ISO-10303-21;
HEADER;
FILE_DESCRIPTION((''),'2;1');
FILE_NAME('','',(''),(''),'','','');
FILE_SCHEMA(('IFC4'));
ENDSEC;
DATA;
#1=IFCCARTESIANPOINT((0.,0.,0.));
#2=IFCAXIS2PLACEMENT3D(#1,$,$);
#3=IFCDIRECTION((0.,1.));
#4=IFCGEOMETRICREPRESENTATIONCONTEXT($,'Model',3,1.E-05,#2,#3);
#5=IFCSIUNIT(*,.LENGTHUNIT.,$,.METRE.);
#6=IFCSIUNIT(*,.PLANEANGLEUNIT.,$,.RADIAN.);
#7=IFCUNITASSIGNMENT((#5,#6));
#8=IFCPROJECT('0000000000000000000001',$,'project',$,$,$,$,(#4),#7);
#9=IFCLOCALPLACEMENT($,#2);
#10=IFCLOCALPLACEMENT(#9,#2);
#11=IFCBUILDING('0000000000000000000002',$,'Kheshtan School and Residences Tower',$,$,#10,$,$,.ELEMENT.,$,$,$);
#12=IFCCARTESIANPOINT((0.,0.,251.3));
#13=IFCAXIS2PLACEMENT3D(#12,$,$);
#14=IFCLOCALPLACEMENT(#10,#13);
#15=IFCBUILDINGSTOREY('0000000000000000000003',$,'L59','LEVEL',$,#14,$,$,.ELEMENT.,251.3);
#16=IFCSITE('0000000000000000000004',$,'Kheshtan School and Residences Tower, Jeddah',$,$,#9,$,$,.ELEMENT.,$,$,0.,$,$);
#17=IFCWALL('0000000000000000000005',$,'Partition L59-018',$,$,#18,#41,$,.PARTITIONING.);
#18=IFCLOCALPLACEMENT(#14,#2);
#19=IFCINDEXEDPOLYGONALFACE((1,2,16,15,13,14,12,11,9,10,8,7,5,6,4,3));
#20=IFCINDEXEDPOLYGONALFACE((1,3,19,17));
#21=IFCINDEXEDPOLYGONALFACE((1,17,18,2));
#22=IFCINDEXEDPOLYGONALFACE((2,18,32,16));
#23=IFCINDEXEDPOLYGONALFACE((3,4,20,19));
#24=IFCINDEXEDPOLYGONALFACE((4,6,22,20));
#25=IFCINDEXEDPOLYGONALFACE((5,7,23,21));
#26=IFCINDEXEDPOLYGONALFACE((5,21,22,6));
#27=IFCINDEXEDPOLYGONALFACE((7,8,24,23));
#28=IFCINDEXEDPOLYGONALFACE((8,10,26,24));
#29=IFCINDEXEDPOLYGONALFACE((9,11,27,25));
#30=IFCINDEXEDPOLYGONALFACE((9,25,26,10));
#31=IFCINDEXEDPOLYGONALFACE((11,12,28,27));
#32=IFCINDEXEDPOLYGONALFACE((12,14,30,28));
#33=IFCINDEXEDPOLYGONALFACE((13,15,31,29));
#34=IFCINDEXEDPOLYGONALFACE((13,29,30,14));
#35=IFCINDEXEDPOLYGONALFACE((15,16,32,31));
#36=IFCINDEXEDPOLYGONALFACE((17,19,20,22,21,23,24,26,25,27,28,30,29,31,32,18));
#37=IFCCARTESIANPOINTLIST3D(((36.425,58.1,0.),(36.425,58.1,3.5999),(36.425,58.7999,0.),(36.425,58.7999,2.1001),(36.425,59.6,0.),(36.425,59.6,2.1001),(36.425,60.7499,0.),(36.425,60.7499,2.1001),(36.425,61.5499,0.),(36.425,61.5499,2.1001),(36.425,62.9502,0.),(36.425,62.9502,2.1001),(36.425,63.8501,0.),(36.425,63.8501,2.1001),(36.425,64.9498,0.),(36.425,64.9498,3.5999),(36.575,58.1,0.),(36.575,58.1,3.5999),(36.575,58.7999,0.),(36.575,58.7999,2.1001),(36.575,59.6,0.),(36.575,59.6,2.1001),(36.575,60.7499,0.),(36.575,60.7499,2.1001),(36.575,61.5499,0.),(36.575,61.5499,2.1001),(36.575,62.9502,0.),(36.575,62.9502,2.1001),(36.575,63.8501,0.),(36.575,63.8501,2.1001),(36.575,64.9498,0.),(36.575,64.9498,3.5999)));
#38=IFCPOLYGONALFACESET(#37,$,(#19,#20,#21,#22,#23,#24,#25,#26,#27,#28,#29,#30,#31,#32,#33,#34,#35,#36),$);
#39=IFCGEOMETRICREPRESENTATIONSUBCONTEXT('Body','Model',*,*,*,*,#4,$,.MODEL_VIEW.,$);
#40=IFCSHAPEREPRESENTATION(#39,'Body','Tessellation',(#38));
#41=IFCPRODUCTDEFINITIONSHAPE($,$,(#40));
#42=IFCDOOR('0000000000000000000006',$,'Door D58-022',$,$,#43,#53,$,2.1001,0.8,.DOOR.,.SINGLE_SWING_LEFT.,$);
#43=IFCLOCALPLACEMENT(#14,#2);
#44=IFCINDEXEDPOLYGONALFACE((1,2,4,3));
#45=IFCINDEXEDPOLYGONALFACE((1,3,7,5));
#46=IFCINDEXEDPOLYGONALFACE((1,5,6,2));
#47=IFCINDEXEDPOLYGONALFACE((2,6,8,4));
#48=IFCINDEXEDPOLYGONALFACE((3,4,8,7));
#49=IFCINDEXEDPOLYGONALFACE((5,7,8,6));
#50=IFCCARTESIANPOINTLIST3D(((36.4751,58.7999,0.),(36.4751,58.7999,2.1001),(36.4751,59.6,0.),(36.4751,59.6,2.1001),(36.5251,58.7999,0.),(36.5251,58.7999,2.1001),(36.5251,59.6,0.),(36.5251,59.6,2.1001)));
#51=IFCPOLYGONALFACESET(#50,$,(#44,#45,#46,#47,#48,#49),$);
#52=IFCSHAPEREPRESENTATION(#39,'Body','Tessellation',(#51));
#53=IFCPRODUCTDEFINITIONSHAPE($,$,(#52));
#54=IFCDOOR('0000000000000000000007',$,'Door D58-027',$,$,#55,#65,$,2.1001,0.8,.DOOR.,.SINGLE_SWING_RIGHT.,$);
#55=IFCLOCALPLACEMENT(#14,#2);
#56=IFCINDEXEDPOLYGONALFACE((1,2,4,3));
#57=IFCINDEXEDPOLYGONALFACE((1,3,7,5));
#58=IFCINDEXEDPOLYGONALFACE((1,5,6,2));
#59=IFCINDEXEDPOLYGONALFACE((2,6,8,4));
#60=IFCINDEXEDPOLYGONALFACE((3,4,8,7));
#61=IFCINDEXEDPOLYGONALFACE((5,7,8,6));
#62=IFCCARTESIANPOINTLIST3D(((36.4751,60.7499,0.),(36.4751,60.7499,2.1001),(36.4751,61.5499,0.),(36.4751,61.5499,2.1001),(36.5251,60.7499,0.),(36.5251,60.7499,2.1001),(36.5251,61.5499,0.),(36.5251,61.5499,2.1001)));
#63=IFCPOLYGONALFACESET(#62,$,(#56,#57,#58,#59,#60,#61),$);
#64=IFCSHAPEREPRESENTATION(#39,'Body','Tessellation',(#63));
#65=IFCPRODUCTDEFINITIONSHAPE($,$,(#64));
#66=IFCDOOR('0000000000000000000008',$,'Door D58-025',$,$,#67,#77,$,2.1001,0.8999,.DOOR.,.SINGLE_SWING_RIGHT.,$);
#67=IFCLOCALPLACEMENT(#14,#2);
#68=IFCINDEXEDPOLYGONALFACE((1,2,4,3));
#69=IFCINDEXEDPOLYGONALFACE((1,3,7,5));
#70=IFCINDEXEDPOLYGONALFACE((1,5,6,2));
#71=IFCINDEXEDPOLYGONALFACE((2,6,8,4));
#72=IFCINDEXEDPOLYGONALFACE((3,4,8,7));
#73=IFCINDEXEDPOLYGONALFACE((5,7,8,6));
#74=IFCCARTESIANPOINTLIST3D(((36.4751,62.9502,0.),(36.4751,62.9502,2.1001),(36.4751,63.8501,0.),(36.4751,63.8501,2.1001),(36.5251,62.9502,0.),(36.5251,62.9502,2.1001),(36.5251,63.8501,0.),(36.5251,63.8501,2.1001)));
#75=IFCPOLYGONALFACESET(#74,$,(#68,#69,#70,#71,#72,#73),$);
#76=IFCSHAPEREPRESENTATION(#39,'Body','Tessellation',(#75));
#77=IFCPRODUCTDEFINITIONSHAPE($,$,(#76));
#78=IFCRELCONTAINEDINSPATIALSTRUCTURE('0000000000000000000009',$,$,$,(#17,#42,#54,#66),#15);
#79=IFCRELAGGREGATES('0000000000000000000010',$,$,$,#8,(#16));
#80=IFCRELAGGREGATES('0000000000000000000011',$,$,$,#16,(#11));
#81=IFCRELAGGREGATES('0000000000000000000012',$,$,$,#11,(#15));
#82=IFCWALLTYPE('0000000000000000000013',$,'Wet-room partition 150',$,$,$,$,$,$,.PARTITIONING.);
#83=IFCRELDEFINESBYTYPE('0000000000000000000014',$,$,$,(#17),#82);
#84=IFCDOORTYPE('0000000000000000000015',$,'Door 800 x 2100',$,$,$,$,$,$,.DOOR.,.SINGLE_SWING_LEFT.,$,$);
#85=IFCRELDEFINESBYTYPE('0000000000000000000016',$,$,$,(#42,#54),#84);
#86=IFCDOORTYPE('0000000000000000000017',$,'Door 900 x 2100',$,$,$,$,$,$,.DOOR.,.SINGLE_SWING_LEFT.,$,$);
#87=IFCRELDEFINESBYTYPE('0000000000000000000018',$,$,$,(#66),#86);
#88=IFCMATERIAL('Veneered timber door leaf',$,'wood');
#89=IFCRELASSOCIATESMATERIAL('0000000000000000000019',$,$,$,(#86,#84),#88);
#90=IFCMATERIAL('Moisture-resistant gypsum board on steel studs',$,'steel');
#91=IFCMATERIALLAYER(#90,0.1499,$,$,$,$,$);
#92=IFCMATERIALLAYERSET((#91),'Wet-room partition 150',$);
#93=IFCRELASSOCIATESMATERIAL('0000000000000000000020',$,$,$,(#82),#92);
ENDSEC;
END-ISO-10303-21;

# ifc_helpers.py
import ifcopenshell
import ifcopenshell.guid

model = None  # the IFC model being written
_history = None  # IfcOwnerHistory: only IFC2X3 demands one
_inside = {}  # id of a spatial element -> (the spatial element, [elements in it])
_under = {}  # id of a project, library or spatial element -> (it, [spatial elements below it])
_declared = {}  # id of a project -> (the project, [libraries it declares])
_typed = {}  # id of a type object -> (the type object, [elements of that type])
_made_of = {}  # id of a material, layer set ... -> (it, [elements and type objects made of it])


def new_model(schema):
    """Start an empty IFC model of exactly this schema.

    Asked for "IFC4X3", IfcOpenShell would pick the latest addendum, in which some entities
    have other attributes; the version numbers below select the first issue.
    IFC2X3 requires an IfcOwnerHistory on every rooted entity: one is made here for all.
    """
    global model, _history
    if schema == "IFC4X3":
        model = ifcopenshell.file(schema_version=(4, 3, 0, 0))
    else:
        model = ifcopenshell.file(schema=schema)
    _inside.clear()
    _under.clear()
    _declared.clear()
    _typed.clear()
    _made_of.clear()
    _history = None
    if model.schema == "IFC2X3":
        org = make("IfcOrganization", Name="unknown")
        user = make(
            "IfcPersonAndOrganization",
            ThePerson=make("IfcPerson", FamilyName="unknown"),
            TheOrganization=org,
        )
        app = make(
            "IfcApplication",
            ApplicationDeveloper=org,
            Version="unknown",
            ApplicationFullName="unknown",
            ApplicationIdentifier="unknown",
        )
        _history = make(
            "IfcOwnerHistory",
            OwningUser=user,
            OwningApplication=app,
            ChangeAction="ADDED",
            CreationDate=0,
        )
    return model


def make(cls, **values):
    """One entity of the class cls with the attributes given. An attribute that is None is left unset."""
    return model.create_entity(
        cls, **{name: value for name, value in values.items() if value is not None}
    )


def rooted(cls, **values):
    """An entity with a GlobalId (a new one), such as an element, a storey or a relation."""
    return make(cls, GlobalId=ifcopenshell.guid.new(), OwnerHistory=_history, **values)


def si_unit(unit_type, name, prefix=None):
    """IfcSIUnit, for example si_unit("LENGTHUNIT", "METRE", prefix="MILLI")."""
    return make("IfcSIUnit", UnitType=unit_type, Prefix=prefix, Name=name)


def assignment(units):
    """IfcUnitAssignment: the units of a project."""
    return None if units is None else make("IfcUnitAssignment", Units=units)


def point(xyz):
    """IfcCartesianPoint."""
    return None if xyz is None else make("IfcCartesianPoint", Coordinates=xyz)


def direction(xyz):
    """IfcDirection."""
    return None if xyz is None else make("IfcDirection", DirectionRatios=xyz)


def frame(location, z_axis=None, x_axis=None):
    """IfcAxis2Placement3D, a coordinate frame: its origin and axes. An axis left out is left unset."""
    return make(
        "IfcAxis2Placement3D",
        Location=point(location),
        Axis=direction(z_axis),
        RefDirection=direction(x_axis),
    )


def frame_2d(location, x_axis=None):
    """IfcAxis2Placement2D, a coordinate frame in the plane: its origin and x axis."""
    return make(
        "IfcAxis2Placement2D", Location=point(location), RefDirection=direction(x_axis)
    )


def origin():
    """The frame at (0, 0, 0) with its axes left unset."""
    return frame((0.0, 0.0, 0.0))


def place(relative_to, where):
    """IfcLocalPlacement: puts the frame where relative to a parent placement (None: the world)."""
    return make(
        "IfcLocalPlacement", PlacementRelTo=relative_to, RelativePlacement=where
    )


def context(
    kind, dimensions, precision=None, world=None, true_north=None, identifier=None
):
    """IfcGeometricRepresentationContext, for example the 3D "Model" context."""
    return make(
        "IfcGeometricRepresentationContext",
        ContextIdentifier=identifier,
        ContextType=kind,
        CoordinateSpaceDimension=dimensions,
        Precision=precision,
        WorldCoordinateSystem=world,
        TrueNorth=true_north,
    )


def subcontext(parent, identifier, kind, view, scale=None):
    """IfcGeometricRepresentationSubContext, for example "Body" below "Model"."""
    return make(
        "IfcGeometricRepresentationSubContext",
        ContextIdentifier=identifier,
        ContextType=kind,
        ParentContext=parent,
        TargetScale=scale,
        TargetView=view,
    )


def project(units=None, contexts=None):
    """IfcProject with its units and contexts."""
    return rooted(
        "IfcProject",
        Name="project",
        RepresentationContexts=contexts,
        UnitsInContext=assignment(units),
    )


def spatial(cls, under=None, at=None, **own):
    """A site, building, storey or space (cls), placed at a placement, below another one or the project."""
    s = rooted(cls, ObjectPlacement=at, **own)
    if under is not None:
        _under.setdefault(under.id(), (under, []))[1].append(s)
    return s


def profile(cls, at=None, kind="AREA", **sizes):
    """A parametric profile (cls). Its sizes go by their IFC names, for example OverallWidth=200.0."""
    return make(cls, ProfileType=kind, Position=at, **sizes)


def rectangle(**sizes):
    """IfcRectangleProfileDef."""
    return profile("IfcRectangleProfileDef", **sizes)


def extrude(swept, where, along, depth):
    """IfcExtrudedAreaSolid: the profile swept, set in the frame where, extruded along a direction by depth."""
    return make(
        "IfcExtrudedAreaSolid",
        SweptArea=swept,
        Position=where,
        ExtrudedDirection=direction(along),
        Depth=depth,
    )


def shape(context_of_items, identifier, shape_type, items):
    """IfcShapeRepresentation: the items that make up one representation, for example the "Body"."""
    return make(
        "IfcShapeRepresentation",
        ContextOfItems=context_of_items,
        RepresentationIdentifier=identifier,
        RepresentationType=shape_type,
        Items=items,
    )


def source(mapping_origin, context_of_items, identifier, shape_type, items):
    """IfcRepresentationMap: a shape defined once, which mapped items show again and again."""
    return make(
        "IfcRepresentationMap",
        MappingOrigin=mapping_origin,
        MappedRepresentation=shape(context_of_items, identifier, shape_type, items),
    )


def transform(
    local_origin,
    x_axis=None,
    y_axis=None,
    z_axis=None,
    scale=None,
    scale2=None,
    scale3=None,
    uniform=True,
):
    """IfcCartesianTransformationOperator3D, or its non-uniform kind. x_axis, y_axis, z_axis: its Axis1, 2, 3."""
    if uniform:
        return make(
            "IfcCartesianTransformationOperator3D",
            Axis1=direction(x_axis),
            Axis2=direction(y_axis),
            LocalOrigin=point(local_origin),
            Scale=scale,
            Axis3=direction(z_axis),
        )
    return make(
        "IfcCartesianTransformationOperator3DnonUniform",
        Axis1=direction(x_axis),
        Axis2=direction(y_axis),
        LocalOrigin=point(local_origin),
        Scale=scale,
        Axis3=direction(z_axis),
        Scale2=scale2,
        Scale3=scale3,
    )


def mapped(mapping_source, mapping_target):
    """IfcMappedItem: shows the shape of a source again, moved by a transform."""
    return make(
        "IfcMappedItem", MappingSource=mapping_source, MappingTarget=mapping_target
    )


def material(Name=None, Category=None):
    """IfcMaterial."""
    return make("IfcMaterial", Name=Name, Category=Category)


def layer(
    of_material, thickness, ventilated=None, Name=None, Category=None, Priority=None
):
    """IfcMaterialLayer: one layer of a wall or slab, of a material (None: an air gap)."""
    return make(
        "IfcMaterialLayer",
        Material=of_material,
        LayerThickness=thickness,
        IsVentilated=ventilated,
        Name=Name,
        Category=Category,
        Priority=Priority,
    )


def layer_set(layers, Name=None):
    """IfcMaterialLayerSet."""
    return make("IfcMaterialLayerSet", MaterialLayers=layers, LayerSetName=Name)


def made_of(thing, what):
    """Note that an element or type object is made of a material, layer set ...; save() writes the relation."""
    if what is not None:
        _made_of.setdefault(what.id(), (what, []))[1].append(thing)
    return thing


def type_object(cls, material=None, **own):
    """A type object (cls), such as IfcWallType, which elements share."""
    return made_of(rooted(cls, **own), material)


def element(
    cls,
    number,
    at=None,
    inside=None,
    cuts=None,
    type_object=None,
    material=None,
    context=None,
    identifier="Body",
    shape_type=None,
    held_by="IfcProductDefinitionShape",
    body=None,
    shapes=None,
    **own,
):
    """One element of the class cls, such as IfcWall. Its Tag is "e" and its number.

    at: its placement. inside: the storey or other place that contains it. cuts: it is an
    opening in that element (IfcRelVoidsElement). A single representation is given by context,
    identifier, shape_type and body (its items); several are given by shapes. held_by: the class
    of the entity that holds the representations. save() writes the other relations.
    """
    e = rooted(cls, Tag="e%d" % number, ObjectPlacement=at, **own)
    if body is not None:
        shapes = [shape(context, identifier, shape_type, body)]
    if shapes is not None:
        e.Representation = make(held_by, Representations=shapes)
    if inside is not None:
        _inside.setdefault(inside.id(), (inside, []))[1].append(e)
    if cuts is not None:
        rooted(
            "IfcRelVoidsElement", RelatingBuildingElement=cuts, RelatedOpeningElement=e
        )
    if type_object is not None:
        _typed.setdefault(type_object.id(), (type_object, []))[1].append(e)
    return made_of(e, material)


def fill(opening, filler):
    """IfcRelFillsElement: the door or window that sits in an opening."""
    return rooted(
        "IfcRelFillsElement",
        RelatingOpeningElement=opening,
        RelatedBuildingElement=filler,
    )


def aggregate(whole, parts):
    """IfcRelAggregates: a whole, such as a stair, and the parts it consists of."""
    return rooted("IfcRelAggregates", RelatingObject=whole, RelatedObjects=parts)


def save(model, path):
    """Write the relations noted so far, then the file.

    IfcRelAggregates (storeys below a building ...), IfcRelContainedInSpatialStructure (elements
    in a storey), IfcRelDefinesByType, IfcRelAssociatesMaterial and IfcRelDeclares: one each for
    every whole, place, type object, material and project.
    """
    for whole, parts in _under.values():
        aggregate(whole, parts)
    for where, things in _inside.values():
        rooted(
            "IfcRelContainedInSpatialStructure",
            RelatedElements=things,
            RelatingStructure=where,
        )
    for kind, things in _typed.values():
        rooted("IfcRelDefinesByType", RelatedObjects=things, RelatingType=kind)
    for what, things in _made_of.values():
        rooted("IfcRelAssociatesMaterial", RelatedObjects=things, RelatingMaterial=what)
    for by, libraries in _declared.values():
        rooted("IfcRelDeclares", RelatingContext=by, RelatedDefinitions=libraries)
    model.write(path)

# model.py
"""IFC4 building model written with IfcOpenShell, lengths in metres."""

from ifc_helpers import new_model, si_unit, direction, frame, frame_2d, origin, place, context, subcontext, project, spatial, rectangle, extrude, source, transform, mapped, material, layer, layer_set, type_object, element, fill, save


model = new_model("IFC4")

# Units and contexts
model_context = context("Model", 3, precision=1e-05, world=origin(), true_north=direction((0.0, 1.0)))
body_context = subcontext(model_context, "Body", "Model", "MODEL_VIEW")
ifc_project = project(units=[si_unit("LENGTHUNIT", "METRE"), si_unit("PLANEANGLEUNIT", "RADIAN")], contexts=[model_context])

# Site, building, storey
site_placement = place(None, origin())
site = spatial("IfcSite", under=ifc_project, at=site_placement, Name="Kheshtan School and Residences Tower, Jeddah", CompositionType="ELEMENT", RefElevation=0.0)
building_placement = place(site_placement, origin())
building = spatial("IfcBuilding", under=site, at=building_placement, Name="Kheshtan School and Residences Tower", CompositionType="ELEMENT")
storey_placement = place(building_placement, frame((0.0, 0.0, 251.3)))
storey = spatial("IfcBuildingStorey", under=building, at=storey_placement, Name="L59", Description="LEVEL", CompositionType="ELEMENT", Elevation=251.3)

# Shared definitions
ifc_material_1 = material(Name="Veneered timber door leaf", Category="wood")
door_type_1 = type_object("IfcDoorType", Name="Door 900 x 2100", OperationType="SINGLE_SWING_LEFT", PredefinedType="DOOR", material=ifc_material_1)
shared_shape_1 = source(origin(), body_context, "Body", "SweptSolid", [
    extrude(rectangle(XDim=0.8999, YDim=2.1001, at=frame_2d((0.45, 1.05))), frame((0.0, 0.0249, 0.0), z_axis=(0.0, -1.0, 0.0), x_axis=(1.0, 0.0, 0.0)), (0.0, 0.0, 1.0), 0.05),
])

# Shared definitions
ifc_material_2 = material(Name="Moisture-resistant gypsum board on steel studs", Category="steel")
ifc_layer_1 = layer(ifc_material_2, 0.1499)
ifc_layer_set_1 = layer_set([ifc_layer_1], Name="Wet-room partition 150")
wall_type_1 = type_object("IfcWallType", Name="Wet-room partition 150", PredefinedType="PARTITIONING", material=ifc_layer_set_1)

# Wall, openings, doors
wall_1_placement = place(storey_placement, frame((36.5, 58.1001, 0.0), z_axis=(0.0, 0.0, 1.0), x_axis=(0.0, 1.0, 0.0)))
wall_1 = element("IfcWall", 1, at=wall_1_placement, inside=storey, type_object=wall_type_1, Name="Partition L59-018", PredefinedType="PARTITIONING", context=body_context, shape_type="SweptSolid", body=[
    extrude(rectangle(XDim=6.8499, YDim=0.1499, at=frame_2d((3.4248, 0.0))), origin(), (0.0, 0.0, 1.0), 3.5999),
])
opening_1_placement = place(wall_1_placement, frame((0.7, 0.0, 0.0)))
opening_1 = element("IfcOpeningElement", 2, at=opening_1_placement, cuts=wall_1, PredefinedType="OPENING", context=body_context, shape_type="SweptSolid", body=[
    extrude(rectangle(XDim=0.8, YDim=2.1001, at=frame_2d((0.3999, 1.05))), frame((0.0, 0.085, 0.0), z_axis=(0.0, -1.0, 0.0), x_axis=(1.0, 0.0, 0.0)), (0.0, 0.0, 1.0), 0.1699),
])
opening_2_placement = place(wall_1_placement, frame((4.8501, 0.0, 0.0)))
opening_2 = element("IfcOpeningElement", 3, at=opening_2_placement, cuts=wall_1, PredefinedType="OPENING", context=body_context, shape_type="SweptSolid", body=[
    extrude(rectangle(XDim=0.8999, YDim=2.1001, at=frame_2d((0.45, 1.05))), frame((0.0, 0.085, 0.0), z_axis=(0.0, -1.0, 0.0), x_axis=(1.0, 0.0, 0.0)), (0.0, 0.0, 1.0), 0.1699),
])
opening_3_placement = place(wall_1_placement, frame((2.6499, 0.0, 0.0)))
opening_3 = element("IfcOpeningElement", 4, at=opening_3_placement, cuts=wall_1, PredefinedType="OPENING", context=body_context, shape_type="SweptSolid", body=[
    extrude(rectangle(XDim=0.8, YDim=2.1001, at=frame_2d((0.3999, 1.05))), frame((0.0, 0.085, 0.0), z_axis=(0.0, -1.0, 0.0), x_axis=(1.0, 0.0, 0.0)), (0.0, 0.0, 1.0), 0.1699),
])
door_type_2 = type_object("IfcDoorType", Name="Door 800 x 2100", OperationType="SINGLE_SWING_LEFT", PredefinedType="DOOR", material=ifc_material_1)
shared_shape_2 = source(origin(), body_context, "Body", "SweptSolid", [
    extrude(rectangle(XDim=0.8, YDim=2.1001, at=frame_2d((0.3999, 1.05))), frame((0.0, 0.0249, 0.0), z_axis=(0.0, -1.0, 0.0), x_axis=(1.0, 0.0, 0.0)), (0.0, 0.0, 1.0), 0.05),
])
door_1_placement = place(opening_1_placement, origin())
door_1 = element("IfcDoor", 5, at=door_1_placement, inside=storey, type_object=door_type_2, Name="Door D58-022", OperationType="SINGLE_SWING_LEFT", OverallHeight=2.1001, OverallWidth=0.8, PredefinedType="DOOR", context=body_context, shape_type="MappedRepresentation", body=[
    mapped(shared_shape_2, transform((0.0, 0.0, 0.0), x_axis=(1.0, 0.0, 0.0), y_axis=(0.0, 1.0, 0.0), z_axis=(0.0, 0.0, 1.0), scale=1.0)),
])
fill(opening_1, door_1)
door_2_placement = place(opening_3_placement, origin())
door_2 = element("IfcDoor", 6, at=door_2_placement, inside=storey, type_object=door_type_2, Name="Door D58-027", OperationType="SINGLE_SWING_RIGHT", OverallHeight=2.1001, OverallWidth=0.8, PredefinedType="DOOR", context=body_context, shape_type="MappedRepresentation", body=[
    mapped(shared_shape_2, transform((0.0, 0.0, 0.0), x_axis=(1.0, 0.0, 0.0), y_axis=(0.0, 1.0, 0.0), z_axis=(0.0, 0.0, 1.0), scale=1.0)),
])
fill(opening_3, door_2)
door_3_placement = place(opening_2_placement, origin())
door_3 = element("IfcDoor", 7, at=door_3_placement, inside=storey, type_object=door_type_1, Name="Door D58-025", OperationType="SINGLE_SWING_RIGHT", OverallHeight=2.1001, OverallWidth=0.8999, PredefinedType="DOOR", context=body_context, shape_type="MappedRepresentation", body=[
    mapped(shared_shape_1, transform((0.0, 0.0, 0.0), x_axis=(1.0, 0.0, 0.0), y_axis=(0.0, 1.0, 0.0), z_axis=(0.0, 0.0, 1.0), scale=1.0)),
])
fill(opening_2, door_3)

save(model, "model.ifc")
